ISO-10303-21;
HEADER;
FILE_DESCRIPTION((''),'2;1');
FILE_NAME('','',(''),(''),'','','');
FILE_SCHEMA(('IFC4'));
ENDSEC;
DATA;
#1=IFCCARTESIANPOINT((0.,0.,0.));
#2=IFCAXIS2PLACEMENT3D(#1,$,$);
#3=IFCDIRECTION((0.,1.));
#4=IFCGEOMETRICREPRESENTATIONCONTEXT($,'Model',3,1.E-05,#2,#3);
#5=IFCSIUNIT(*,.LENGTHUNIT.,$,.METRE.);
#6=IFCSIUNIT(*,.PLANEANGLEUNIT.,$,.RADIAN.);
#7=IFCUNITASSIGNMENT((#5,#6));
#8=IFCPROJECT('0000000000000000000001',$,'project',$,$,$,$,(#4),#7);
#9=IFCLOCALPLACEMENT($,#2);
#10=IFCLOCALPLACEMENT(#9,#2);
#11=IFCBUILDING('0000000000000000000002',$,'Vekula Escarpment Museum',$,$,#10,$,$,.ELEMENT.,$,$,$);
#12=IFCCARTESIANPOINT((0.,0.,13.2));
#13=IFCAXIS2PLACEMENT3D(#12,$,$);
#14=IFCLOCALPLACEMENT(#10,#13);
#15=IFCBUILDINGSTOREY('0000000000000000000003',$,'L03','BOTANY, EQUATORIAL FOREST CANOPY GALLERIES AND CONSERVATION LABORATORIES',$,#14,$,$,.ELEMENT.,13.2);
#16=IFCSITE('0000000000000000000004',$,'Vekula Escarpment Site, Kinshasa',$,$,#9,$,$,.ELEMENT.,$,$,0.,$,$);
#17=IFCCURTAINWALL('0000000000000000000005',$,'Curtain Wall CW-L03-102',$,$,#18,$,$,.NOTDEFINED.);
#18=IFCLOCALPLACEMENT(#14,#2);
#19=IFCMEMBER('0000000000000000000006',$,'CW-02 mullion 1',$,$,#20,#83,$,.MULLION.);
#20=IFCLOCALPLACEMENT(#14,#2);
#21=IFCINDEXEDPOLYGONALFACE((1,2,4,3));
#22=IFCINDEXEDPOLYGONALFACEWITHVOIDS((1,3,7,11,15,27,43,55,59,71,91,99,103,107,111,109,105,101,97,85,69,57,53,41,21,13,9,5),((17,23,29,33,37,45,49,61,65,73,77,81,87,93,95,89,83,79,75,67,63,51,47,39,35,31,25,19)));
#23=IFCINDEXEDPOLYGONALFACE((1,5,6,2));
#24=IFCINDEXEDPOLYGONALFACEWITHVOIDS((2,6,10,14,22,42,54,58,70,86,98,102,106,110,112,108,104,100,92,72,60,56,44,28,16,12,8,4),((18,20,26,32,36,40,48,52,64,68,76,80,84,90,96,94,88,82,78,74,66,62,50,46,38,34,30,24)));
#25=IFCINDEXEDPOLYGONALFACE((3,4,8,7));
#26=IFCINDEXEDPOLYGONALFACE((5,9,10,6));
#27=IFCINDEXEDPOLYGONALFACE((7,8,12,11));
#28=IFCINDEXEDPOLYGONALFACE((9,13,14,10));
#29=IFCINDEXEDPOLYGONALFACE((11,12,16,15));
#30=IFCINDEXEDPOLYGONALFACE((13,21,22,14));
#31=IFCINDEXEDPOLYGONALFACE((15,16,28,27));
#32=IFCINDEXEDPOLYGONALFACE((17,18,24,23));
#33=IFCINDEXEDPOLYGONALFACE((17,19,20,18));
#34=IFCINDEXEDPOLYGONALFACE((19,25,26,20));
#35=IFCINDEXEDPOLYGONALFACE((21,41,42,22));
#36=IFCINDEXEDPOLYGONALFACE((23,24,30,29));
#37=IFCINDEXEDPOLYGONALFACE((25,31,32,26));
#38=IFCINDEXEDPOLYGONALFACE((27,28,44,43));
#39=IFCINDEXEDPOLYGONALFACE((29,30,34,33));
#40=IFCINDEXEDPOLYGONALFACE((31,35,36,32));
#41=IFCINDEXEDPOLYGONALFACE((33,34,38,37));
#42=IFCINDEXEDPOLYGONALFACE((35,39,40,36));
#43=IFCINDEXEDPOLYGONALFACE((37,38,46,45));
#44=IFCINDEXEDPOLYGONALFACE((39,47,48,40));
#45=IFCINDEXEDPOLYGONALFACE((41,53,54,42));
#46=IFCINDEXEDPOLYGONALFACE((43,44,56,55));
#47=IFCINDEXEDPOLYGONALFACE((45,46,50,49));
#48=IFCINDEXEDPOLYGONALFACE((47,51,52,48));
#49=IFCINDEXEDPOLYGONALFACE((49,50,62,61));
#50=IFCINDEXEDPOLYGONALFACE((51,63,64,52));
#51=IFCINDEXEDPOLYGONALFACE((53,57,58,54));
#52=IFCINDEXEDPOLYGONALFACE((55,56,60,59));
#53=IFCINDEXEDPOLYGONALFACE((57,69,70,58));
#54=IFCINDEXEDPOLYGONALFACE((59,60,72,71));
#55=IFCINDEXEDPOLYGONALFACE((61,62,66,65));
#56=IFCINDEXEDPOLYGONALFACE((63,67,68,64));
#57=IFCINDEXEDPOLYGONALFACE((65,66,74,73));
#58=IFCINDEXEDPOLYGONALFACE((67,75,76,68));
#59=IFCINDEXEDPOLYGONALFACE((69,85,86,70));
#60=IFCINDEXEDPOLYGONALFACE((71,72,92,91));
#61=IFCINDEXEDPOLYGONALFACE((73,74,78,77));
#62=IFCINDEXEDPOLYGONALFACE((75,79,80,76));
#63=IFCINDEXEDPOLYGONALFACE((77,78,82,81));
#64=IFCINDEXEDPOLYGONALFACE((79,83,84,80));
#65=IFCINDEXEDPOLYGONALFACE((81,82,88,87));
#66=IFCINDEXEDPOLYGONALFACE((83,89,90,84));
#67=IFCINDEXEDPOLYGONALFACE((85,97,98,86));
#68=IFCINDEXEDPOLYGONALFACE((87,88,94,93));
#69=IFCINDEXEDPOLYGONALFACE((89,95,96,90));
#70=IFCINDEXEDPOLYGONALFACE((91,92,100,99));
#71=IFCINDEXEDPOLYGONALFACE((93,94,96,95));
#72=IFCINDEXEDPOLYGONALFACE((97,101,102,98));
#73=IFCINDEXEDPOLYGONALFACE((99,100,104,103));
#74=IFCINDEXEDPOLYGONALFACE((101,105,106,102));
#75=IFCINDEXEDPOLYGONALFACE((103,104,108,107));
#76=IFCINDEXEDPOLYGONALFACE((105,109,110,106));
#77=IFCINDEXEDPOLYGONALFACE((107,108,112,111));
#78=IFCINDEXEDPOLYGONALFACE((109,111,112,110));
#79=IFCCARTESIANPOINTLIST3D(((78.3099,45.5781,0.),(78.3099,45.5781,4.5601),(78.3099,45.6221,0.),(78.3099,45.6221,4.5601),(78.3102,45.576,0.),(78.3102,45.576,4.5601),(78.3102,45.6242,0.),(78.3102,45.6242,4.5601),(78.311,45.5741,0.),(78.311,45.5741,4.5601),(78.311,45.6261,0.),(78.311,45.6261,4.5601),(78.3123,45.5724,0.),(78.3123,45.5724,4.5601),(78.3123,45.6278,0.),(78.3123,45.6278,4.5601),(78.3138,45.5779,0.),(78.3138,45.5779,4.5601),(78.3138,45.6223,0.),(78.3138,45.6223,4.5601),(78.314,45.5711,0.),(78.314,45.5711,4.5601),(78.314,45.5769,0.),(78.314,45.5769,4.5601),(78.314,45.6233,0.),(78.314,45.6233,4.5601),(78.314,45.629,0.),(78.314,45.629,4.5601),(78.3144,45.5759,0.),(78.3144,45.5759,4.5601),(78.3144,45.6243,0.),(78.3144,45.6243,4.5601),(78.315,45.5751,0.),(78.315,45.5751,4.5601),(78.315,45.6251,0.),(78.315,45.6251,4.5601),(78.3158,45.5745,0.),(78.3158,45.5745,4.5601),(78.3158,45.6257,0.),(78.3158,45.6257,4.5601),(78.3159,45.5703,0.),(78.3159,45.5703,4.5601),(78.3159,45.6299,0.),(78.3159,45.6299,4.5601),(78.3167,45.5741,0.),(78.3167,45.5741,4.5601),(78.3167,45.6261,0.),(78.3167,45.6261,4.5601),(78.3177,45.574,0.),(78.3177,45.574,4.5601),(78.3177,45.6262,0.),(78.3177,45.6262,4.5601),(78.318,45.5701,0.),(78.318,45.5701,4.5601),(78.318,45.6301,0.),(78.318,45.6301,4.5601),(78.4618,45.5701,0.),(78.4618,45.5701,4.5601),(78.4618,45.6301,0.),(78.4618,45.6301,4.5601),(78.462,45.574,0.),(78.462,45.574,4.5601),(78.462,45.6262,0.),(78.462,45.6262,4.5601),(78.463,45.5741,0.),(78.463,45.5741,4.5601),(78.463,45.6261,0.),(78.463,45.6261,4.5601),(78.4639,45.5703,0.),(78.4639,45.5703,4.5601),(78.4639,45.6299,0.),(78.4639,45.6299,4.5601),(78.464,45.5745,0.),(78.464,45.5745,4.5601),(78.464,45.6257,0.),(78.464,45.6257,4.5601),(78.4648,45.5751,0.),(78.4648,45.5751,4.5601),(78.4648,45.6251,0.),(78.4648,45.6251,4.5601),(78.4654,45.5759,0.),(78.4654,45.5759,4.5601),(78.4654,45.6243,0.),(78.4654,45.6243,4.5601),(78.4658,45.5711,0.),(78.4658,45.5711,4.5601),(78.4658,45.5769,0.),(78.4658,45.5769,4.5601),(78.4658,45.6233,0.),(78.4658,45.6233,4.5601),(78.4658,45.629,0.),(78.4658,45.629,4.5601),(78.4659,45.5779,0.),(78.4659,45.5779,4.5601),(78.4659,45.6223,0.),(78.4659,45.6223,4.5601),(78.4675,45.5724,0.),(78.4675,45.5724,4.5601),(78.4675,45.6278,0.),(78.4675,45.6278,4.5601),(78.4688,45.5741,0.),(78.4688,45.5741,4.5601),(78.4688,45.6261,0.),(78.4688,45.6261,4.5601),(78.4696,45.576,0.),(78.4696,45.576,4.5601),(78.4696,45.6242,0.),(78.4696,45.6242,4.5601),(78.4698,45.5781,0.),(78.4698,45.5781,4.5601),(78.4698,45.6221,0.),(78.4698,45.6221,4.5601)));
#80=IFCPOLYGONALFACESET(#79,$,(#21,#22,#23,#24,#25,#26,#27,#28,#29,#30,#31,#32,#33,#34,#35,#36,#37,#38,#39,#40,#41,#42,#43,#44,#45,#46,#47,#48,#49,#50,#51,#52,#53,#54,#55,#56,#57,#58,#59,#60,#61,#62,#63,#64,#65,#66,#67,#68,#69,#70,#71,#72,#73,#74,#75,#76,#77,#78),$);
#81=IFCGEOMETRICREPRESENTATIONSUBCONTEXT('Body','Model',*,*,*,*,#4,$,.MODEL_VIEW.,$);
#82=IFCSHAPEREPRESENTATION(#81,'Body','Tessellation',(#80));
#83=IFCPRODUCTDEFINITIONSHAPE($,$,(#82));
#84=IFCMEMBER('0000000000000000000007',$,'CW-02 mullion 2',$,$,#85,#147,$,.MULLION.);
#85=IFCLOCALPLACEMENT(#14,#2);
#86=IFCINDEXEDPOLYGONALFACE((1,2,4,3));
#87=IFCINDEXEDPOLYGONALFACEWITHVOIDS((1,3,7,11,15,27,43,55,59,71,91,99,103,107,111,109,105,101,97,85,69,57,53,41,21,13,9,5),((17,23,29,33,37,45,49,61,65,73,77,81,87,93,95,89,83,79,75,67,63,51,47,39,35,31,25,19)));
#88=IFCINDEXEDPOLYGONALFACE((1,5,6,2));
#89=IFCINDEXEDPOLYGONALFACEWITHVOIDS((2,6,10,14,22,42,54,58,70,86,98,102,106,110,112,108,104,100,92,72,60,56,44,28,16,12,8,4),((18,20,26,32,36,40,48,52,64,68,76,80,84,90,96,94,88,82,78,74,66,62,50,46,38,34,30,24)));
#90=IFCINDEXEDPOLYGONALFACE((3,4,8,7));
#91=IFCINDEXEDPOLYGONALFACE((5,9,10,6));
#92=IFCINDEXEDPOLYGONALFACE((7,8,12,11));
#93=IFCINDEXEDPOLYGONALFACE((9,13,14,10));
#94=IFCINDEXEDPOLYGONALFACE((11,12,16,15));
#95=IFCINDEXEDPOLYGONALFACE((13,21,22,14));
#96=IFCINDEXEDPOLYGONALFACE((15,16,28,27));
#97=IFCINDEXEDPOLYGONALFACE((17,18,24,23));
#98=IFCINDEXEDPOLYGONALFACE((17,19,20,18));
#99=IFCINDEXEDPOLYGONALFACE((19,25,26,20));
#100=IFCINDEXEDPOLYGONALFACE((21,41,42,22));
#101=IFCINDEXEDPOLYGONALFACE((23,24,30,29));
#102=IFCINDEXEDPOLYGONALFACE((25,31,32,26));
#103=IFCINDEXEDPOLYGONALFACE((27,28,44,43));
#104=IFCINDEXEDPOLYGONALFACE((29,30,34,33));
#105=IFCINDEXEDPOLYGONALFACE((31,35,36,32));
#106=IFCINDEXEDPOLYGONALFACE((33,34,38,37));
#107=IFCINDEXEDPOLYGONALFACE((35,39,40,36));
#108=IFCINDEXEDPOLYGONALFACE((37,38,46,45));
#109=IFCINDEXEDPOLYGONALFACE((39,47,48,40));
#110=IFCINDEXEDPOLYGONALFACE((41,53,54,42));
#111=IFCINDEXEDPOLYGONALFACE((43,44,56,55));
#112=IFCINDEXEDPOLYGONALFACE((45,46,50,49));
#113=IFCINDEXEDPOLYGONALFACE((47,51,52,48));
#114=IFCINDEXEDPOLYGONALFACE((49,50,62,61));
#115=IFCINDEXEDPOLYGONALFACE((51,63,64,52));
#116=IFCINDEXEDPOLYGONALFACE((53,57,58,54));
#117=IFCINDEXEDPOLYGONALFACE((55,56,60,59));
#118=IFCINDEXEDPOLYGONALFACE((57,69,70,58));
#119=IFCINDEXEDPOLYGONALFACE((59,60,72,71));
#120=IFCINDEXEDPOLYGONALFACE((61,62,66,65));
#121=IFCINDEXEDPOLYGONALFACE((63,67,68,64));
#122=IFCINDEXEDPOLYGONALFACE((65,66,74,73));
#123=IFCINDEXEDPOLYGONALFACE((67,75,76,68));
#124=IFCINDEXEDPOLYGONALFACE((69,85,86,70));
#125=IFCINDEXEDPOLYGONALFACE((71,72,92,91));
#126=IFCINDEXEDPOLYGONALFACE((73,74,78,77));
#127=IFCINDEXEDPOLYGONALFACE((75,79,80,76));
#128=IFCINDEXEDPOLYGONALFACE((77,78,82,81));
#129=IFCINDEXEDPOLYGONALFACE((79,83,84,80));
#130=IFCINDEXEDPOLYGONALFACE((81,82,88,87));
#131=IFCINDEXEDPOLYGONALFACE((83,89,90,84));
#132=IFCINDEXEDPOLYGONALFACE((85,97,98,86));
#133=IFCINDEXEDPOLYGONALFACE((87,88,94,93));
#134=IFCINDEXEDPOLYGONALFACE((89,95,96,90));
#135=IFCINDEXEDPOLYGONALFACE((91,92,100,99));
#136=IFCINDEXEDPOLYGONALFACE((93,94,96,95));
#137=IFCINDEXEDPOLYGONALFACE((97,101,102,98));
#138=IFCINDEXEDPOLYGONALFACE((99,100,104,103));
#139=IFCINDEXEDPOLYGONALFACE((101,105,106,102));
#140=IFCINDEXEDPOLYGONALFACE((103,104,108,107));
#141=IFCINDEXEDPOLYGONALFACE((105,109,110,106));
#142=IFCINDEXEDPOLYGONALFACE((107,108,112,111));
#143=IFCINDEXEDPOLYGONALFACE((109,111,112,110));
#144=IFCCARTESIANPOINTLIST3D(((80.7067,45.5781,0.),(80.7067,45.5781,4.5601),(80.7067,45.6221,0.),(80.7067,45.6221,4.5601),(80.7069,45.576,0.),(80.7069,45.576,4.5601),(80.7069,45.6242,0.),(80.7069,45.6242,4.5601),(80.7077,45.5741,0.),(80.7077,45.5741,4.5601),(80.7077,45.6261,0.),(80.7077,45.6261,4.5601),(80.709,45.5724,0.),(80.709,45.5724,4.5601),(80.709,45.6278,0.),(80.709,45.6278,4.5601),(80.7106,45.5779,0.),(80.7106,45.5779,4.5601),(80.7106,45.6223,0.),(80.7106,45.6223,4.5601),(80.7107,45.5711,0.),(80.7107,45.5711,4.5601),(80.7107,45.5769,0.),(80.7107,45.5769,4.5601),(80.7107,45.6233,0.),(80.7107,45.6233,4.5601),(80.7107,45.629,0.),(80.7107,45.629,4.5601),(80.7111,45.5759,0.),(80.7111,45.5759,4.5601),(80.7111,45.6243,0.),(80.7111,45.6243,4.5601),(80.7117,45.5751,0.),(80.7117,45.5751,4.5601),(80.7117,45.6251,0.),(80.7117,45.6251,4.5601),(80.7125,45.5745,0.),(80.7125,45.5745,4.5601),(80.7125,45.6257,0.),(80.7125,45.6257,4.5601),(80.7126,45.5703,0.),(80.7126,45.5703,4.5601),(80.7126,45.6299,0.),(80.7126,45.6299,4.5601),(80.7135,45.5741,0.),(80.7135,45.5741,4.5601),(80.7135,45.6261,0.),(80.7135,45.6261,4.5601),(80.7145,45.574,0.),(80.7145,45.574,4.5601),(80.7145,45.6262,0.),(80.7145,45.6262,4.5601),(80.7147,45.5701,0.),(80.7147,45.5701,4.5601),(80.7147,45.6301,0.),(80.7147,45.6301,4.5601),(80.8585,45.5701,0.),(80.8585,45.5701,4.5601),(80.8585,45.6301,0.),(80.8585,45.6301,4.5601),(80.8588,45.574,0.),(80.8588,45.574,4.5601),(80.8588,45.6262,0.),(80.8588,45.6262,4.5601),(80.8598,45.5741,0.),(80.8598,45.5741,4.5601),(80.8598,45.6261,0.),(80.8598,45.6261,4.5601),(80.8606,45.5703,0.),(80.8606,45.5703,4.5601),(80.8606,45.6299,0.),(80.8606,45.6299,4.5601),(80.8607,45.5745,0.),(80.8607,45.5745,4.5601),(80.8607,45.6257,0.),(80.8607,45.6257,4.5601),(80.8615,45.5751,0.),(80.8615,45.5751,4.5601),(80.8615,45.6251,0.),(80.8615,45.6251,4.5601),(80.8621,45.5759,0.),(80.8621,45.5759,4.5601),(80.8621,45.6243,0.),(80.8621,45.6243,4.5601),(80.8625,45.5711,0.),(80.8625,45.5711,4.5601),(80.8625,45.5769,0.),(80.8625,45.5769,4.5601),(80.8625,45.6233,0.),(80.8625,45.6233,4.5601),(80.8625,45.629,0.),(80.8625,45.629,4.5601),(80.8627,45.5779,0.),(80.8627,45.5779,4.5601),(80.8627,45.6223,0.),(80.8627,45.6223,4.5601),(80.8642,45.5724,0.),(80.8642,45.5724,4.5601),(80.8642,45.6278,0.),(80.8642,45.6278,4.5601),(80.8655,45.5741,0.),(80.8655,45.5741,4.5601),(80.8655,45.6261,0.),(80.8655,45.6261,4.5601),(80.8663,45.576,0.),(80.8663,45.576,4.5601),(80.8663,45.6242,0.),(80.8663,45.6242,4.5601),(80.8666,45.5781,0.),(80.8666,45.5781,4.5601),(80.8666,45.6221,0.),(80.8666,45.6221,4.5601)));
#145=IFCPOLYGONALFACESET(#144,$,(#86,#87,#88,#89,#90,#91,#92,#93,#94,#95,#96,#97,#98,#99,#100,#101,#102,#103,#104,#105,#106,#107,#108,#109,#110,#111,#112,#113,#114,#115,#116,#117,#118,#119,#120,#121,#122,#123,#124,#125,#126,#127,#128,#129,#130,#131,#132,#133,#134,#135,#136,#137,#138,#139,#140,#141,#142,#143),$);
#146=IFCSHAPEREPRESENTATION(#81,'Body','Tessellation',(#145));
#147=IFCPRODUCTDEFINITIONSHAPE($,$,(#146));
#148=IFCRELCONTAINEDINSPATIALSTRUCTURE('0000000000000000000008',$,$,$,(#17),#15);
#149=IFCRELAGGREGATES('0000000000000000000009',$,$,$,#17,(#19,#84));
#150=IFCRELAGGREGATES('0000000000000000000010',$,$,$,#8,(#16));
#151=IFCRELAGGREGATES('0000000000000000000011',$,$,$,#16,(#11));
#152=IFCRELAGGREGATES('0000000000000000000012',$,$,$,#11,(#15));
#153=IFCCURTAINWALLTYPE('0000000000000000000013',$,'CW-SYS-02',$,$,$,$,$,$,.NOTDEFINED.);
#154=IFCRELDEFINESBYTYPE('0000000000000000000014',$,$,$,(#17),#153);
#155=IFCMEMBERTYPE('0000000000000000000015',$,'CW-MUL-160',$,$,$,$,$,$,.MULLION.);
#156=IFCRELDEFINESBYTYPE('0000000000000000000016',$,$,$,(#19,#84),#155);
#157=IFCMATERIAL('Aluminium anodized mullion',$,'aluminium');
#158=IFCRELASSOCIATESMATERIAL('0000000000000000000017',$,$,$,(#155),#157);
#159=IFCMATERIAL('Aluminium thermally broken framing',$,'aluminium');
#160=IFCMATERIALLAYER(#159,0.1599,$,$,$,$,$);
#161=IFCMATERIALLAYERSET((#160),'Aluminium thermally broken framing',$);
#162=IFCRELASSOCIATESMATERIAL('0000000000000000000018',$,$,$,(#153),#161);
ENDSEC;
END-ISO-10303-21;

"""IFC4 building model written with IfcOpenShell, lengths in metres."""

from ifc_helpers import new_model, si_unit, direction, frame, origin, origin_2d, place, context, subcontext, project, spatial, hollow_rectangle, extrude, material, layer, layer_set, material_profile, profile_set, type_object, element, aggregate, save


model = new_model("IFC4")

# Units and contexts
model_context = context("Model", 3, precision=1e-05, world=origin(), true_north=direction((0.0, 1.0)))
body_context = subcontext(model_context, "Body", "Model", "MODEL_VIEW")
ifc_project = project(units=[si_unit("LENGTHUNIT", "METRE"), si_unit("PLANEANGLEUNIT", "RADIAN")], contexts=[model_context])

# Site, building, storey
site_placement = place(None, origin())
site = spatial("IfcSite", under=ifc_project, at=site_placement, Name="Vekula Escarpment Site, Kinshasa", CompositionType="ELEMENT", RefElevation=0.0)
building_placement = place(site_placement, origin())
building = spatial("IfcBuilding", under=site, at=building_placement, Name="Vekula Escarpment Museum", CompositionType="ELEMENT")
storey_placement = place(building_placement, frame((0.0, 0.0, 13.2)))
storey = spatial("IfcBuildingStorey", under=building, at=storey_placement, Name="L03", Description="BOTANY, EQUATORIAL FOREST CANOPY GALLERIES AND CONSERVATION LABORATORIES", CompositionType="ELEMENT", Elevation=13.2)

# Curtain wall, members
ifc_material_1 = material(Name="Aluminium anodized mullion", Category="aluminium")
ifc_material_profile_1 = material_profile(ifc_material_1, hollow_rectangle(XDim=0.0601, YDim=0.1599, WallThickness=0.0039, InnerFilletRadius=0.0039, OuterFilletRadius=0.0081, at=origin_2d()), Name="ALU 160x60x4")
ifc_profile_set_1 = profile_set([ifc_material_profile_1], Name="Aluminium anodized mullion")
member_type_1 = type_object("IfcMemberType", Name="CW-MUL-160", PredefinedType="MULLION", material=ifc_profile_set_1)
ifc_material_2 = material(Name="Aluminium thermally broken framing", Category="aluminium")
ifc_layer_1 = layer(ifc_material_2, 0.1599)
ifc_layer_set_1 = layer_set([ifc_layer_1], Name="Aluminium thermally broken framing")
curtain_wall_type_1 = type_object("IfcCurtainWallType", Name="CW-SYS-02", PredefinedType="NOTDEFINED", material=ifc_layer_set_1)
curtain_wall_1_placement = place(storey_placement, origin())
curtain_wall_1 = element("IfcCurtainWall", 1, at=curtain_wall_1_placement, inside=storey, type_object=curtain_wall_type_1, Name="Curtain Wall CW-L03-102", PredefinedType="NOTDEFINED")
member_1_placement = place(storey_placement, frame((78.3899, 45.6001, 0.0), z_axis=(0.0, 0.0, 1.0), x_axis=(0.0, 1.0, 0.0)))
member_1 = element("IfcMember", 2, at=member_1_placement, type_object=member_type_1, Name="CW-02 mullion 1", PredefinedType="MULLION", context=body_context, shape_type="SweptSolid", body=[
    extrude(hollow_rectangle(XDim=0.0601, YDim=0.1599, WallThickness=0.0039, InnerFilletRadius=0.0039, OuterFilletRadius=0.0081, at=origin_2d()), origin(), (0.0, 0.0, 1.0), 4.5601),
])
member_2_placement = place(storey_placement, frame((80.7866, 45.6001, 0.0), z_axis=(0.0, 0.0, 1.0), x_axis=(0.0, 1.0, 0.0)))
member_2 = element("IfcMember", 3, at=member_2_placement, type_object=member_type_1, Name="CW-02 mullion 2", PredefinedType="MULLION", context=body_context, shape_type="SweptSolid", body=[
    extrude(hollow_rectangle(XDim=0.0601, YDim=0.1599, WallThickness=0.0039, InnerFilletRadius=0.0039, OuterFilletRadius=0.0081, at=origin_2d()), origin(), (0.0, 0.0, 1.0), 4.5601),
])

aggregate(curtain_wall_1, [member_1, member_2])

save(model, "model.ifc")
